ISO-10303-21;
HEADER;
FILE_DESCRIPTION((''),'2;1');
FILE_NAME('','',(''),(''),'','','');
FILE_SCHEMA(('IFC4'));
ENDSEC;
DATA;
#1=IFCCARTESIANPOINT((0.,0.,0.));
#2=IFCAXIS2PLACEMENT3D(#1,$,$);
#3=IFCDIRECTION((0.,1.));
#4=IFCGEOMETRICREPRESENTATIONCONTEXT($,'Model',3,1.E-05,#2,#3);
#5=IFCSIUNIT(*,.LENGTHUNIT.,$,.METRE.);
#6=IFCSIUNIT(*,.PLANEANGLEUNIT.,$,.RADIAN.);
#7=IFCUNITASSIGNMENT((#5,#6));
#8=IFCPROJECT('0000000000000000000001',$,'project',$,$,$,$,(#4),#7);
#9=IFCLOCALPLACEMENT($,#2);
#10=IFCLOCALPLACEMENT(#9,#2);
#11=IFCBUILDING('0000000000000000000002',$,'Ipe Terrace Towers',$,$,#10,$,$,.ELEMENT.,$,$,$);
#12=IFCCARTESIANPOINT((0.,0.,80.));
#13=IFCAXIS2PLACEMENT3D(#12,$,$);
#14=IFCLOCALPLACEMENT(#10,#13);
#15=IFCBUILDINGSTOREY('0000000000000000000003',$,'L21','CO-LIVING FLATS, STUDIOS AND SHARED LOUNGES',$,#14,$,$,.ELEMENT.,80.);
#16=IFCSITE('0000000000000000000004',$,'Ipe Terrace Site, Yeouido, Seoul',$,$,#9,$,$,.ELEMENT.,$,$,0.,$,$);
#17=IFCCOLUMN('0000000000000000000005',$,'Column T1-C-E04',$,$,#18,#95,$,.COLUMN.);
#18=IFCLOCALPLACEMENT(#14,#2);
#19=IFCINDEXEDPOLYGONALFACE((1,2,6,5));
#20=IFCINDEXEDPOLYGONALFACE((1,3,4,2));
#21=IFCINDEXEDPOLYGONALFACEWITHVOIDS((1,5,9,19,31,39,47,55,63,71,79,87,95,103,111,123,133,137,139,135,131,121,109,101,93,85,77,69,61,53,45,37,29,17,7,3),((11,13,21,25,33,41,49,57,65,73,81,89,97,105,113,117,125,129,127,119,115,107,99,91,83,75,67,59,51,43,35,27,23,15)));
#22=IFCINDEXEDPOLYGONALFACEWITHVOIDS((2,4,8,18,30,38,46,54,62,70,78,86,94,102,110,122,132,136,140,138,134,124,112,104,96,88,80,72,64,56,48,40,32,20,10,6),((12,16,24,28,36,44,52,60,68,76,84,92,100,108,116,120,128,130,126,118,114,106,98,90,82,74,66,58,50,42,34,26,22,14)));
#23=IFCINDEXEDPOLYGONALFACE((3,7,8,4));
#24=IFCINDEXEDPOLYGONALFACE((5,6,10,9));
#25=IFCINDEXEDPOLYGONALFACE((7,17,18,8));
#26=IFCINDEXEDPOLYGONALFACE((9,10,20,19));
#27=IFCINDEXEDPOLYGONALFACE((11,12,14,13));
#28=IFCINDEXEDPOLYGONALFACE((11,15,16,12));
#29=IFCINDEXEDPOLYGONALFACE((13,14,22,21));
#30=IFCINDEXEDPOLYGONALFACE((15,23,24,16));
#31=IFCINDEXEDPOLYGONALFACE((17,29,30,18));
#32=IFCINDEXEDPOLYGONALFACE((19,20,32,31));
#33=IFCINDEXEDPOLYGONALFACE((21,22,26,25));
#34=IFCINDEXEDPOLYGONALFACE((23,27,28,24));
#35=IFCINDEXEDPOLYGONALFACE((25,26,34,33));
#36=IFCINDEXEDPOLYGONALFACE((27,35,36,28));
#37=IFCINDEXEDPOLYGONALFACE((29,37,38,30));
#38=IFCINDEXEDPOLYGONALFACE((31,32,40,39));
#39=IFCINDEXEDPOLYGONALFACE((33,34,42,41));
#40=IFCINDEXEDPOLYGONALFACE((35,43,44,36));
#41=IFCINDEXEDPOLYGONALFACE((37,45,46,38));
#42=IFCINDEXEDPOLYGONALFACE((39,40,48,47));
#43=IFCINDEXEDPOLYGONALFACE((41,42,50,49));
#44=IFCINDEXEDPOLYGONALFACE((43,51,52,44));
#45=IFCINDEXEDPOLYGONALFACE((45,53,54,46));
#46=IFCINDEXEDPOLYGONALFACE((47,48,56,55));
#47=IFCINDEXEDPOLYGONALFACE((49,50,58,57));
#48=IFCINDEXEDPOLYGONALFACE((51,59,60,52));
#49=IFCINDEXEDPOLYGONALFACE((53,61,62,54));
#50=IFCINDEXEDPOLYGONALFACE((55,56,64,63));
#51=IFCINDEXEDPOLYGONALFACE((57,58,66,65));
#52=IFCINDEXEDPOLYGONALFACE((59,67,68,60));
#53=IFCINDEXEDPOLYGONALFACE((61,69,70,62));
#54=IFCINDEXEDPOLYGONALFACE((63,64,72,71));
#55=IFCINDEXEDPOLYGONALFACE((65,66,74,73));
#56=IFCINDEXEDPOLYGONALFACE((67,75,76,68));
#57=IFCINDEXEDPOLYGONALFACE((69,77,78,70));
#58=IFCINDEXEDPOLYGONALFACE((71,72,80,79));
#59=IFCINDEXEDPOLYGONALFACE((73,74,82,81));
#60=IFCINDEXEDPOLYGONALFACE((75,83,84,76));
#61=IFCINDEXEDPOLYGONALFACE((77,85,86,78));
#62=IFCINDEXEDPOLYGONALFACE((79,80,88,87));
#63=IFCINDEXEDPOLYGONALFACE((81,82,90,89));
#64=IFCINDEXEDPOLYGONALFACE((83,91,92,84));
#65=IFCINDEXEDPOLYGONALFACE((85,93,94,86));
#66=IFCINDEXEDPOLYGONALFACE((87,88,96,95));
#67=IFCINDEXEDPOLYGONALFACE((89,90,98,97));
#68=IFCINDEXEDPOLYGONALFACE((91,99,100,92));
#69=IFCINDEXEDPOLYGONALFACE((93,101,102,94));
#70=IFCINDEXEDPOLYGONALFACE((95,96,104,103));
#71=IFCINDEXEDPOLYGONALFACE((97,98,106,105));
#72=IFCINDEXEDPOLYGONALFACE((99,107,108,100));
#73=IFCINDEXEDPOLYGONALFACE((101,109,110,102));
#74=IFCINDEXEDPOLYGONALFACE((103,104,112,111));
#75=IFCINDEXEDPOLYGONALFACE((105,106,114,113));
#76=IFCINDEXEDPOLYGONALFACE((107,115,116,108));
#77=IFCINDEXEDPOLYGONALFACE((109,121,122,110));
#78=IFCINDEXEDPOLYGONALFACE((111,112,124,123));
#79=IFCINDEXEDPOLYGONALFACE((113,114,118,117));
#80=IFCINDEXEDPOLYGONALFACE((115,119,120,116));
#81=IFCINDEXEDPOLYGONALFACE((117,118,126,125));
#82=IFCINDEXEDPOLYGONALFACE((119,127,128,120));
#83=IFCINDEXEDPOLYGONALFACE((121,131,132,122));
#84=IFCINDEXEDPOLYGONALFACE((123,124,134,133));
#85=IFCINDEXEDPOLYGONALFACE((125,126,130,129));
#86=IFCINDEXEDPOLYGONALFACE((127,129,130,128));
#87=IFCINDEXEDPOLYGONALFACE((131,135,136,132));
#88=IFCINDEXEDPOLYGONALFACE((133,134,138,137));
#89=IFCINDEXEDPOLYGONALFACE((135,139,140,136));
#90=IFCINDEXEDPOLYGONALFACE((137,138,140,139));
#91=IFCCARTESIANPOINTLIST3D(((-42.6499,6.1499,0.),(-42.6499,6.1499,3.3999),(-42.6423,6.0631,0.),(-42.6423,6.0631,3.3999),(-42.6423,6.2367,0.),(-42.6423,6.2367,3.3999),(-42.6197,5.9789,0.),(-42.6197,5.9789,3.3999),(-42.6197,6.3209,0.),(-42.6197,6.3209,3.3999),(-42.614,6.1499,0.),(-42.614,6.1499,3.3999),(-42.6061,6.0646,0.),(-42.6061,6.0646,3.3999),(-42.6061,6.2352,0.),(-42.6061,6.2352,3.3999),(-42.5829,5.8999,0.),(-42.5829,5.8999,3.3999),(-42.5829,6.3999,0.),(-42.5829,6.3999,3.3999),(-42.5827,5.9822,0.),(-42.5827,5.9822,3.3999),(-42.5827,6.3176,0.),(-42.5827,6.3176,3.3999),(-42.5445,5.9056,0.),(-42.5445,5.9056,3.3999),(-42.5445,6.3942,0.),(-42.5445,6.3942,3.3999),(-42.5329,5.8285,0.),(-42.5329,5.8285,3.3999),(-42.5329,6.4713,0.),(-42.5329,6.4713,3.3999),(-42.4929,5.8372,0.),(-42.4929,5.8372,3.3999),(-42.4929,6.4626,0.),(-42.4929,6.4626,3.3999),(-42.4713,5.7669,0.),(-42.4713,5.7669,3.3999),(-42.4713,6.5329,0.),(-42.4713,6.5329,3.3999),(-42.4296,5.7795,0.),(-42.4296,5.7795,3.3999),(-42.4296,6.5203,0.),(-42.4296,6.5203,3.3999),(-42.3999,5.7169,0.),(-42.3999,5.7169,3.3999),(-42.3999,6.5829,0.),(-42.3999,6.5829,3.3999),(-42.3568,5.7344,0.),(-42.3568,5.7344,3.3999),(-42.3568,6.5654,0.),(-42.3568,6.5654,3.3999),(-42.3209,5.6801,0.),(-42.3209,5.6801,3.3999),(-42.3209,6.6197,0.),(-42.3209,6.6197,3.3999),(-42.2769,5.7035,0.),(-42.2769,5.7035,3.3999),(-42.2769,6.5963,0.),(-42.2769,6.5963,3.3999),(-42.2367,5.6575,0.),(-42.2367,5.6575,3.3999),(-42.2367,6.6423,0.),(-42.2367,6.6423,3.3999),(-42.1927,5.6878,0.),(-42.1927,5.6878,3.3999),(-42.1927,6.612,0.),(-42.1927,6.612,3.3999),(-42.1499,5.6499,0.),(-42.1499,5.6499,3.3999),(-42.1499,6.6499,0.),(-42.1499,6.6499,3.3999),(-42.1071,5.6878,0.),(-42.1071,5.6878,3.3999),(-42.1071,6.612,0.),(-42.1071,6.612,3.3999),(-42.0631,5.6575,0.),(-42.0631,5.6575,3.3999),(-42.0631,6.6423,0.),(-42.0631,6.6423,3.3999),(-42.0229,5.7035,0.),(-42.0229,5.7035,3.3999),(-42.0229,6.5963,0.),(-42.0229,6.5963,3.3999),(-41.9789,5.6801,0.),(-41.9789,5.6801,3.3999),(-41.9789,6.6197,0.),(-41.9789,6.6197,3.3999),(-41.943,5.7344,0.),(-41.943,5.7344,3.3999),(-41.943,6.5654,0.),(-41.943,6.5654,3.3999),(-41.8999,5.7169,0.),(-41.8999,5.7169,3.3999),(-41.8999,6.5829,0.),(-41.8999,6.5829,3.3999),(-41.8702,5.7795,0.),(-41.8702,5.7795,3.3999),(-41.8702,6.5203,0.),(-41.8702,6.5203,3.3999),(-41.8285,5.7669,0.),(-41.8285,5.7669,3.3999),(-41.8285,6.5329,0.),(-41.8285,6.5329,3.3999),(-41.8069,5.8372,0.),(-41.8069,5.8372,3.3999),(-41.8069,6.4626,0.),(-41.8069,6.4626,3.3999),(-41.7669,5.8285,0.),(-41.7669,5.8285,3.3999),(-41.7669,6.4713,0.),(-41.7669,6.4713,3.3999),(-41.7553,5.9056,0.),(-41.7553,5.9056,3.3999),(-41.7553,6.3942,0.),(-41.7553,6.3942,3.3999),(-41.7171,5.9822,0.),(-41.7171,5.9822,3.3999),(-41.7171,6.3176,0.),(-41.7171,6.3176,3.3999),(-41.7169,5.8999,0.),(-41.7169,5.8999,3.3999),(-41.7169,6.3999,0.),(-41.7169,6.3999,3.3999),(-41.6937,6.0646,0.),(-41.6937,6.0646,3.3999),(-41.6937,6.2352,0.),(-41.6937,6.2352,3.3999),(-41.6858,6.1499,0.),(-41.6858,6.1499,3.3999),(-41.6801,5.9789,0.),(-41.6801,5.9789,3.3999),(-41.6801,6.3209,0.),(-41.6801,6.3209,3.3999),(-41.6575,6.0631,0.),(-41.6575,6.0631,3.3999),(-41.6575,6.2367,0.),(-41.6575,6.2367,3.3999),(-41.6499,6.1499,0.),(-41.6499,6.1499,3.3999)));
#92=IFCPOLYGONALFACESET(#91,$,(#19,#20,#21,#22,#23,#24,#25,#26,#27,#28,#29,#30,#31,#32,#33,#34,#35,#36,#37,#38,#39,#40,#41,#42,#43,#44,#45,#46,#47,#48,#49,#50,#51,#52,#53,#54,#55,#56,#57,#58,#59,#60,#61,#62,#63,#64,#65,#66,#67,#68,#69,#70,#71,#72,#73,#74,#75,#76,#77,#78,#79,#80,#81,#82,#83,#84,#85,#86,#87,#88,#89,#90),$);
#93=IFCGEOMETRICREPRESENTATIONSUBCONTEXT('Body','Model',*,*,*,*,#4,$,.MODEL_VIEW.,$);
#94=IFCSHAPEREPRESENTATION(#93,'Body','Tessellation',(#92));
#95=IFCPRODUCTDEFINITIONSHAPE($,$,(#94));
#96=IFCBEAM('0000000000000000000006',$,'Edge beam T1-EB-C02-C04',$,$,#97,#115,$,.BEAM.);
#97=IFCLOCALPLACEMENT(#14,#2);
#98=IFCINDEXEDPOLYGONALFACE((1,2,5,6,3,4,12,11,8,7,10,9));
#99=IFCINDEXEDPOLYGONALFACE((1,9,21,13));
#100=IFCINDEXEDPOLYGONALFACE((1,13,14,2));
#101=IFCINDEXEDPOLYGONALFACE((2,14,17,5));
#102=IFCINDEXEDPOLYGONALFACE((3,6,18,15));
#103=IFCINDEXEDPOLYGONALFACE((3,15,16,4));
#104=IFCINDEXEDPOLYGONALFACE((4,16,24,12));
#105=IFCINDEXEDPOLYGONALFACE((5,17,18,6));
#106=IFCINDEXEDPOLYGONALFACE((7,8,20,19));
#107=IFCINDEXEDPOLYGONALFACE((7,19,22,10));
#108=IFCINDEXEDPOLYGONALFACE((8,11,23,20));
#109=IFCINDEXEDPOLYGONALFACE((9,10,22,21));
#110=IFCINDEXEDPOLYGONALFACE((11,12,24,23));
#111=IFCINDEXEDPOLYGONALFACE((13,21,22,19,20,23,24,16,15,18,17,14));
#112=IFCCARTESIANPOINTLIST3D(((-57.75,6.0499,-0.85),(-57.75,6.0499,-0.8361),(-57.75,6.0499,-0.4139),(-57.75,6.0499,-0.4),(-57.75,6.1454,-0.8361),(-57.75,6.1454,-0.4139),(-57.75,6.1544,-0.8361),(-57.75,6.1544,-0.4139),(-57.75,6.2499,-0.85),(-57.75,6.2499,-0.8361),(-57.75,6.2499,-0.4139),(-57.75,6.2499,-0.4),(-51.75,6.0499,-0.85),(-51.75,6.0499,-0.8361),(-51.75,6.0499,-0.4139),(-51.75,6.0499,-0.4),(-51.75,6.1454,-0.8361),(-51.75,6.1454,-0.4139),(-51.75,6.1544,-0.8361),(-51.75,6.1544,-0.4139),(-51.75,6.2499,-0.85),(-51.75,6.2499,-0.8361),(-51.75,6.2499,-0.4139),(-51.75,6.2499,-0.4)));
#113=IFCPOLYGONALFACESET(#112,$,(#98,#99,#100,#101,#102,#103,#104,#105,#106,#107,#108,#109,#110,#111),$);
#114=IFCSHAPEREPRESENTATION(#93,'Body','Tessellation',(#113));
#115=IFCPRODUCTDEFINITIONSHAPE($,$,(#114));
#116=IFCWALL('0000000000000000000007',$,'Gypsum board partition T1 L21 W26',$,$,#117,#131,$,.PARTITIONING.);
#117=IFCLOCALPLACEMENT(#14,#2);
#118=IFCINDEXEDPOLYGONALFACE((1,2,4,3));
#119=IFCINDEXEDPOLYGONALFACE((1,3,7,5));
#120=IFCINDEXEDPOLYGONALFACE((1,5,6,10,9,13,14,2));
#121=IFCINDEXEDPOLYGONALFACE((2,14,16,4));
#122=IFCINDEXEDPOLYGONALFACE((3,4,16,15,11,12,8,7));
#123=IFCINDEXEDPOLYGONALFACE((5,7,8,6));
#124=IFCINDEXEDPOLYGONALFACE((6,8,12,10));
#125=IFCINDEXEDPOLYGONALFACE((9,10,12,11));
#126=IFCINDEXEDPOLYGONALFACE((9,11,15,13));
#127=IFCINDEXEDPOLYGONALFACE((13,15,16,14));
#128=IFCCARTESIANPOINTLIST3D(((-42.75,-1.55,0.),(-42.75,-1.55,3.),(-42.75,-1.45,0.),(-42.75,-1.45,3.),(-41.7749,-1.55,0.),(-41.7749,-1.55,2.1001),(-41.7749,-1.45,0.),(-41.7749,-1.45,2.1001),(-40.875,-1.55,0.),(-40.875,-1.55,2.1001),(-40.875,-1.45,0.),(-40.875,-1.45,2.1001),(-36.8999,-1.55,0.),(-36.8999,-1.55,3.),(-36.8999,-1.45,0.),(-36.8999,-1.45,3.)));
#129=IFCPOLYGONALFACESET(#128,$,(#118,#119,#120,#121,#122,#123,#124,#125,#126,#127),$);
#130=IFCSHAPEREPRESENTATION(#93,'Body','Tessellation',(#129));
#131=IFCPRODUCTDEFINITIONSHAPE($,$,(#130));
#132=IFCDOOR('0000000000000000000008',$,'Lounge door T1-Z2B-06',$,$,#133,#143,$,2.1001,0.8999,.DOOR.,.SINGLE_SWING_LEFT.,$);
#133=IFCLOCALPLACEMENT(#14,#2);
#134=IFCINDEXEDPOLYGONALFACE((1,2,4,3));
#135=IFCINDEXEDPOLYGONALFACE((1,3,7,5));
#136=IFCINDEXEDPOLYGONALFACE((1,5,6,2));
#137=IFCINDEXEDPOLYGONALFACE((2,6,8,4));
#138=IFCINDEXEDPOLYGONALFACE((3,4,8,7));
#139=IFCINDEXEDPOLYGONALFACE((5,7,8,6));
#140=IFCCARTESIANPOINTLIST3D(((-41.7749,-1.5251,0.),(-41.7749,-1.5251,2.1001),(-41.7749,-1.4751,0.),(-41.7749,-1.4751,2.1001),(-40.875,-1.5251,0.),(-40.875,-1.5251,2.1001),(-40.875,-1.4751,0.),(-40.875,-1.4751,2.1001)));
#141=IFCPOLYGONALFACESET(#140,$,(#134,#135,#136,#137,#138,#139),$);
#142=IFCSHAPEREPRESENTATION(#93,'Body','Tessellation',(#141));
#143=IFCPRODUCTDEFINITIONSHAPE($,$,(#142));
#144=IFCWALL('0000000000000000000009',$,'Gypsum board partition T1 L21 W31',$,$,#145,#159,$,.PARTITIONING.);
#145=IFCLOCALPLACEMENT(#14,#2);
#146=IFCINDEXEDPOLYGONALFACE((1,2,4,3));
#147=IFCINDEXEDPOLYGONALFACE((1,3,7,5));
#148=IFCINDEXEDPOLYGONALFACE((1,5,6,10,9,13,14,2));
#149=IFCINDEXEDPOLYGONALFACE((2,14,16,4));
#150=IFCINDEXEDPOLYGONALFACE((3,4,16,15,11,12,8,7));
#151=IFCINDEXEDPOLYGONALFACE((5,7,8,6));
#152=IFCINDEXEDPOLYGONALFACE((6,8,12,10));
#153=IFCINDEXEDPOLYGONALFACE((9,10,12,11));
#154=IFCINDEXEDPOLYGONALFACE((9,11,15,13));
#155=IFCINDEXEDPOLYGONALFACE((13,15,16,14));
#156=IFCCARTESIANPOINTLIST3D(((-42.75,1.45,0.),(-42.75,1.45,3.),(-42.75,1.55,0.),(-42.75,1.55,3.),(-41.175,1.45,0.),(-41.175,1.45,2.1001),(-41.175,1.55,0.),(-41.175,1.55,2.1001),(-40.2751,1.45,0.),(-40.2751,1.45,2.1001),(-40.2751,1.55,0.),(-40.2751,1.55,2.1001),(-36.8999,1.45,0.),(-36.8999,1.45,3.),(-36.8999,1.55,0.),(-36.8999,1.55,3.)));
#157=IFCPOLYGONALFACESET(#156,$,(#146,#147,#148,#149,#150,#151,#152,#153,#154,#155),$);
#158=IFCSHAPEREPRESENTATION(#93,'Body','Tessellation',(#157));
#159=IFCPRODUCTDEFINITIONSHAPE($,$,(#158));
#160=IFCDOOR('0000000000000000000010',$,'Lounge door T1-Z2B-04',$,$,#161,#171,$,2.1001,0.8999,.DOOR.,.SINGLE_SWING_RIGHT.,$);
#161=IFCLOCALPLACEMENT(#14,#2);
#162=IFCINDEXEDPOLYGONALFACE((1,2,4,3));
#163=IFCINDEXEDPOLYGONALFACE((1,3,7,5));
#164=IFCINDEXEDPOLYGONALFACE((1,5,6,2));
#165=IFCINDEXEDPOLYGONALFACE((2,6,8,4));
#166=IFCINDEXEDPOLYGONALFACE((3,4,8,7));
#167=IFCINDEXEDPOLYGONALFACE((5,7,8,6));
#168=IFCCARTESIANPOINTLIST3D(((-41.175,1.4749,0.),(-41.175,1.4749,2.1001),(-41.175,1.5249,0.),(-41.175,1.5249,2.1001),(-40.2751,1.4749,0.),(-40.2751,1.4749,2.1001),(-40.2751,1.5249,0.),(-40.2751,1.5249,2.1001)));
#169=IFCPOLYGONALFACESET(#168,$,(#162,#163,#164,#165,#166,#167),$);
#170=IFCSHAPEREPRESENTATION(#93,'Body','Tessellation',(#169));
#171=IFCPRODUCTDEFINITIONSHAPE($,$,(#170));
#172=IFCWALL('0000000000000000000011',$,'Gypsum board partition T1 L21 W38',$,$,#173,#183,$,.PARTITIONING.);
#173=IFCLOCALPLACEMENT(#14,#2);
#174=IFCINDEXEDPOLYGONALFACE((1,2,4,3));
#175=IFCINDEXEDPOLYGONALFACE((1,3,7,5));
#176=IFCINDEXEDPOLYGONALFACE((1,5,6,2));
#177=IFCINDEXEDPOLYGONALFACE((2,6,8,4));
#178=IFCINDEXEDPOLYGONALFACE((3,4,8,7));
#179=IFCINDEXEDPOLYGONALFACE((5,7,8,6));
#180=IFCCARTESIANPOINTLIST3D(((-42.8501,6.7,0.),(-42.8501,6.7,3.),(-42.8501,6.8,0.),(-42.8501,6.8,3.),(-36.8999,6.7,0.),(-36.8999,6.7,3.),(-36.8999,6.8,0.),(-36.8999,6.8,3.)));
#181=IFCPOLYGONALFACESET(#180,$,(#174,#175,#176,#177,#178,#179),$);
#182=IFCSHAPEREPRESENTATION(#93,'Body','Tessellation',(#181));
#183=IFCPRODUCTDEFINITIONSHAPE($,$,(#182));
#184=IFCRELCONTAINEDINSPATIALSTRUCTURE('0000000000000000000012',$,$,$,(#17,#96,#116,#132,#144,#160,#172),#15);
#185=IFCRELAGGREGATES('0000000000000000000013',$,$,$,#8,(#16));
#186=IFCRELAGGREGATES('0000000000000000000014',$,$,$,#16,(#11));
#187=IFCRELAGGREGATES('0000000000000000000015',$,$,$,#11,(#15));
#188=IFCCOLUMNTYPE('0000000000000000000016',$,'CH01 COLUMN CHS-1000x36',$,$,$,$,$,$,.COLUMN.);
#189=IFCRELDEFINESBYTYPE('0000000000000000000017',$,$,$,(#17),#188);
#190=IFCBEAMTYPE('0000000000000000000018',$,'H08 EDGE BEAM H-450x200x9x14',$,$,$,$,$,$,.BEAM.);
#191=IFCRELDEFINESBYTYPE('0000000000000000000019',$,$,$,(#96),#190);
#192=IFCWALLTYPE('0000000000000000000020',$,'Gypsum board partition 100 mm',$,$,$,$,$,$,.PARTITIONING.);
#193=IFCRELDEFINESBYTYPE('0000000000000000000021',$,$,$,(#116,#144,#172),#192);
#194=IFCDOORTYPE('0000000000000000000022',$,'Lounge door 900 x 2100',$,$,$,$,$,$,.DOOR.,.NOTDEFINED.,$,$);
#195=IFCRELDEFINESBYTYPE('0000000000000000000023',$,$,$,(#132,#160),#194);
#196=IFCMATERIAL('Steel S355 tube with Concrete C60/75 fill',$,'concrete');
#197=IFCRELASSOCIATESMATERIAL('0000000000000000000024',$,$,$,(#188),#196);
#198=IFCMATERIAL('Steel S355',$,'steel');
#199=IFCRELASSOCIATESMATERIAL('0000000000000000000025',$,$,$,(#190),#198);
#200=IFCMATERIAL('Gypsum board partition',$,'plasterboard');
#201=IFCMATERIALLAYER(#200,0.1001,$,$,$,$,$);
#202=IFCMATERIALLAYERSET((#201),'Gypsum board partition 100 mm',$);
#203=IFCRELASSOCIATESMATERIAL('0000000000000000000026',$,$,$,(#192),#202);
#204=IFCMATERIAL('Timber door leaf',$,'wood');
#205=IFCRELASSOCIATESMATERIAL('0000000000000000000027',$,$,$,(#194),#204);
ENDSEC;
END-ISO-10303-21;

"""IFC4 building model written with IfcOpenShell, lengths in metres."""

from ifc_helpers import new_model, si_unit, direction, frame, frame_2d, origin, origin_2d, place, context, subcontext, project, spatial, rectangle, hollow_circle, i_section, extrude, material, layer, layer_set, material_profile, profile_set, type_object, element, fill, save


model = new_model("IFC4")

# Units and contexts
model_context = context("Model", 3, precision=1e-05, world=origin(), true_north=direction((0.0, 1.0)))
body_context = subcontext(model_context, "Body", "Model", "MODEL_VIEW")
ifc_project = project(units=[si_unit("LENGTHUNIT", "METRE"), si_unit("PLANEANGLEUNIT", "RADIAN")], contexts=[model_context])

# Site, building, storey
site_placement = place(None, origin())
site = spatial("IfcSite", under=ifc_project, at=site_placement, Name="Ipe Terrace Site, Yeouido, Seoul", CompositionType="ELEMENT", RefElevation=0.0)
building_placement = place(site_placement, origin())
building = spatial("IfcBuilding", under=site, at=building_placement, Name="Ipe Terrace Towers", CompositionType="ELEMENT")
storey_placement = place(building_placement, frame((0.0, 0.0, 80.0)))
storey = spatial("IfcBuildingStorey", under=building, at=storey_placement, Name="L21", Description="CO-LIVING FLATS, STUDIOS AND SHARED LOUNGES", CompositionType="ELEMENT", Elevation=80.0)

# Column
ifc_material_1 = material(Name="Steel S355 tube with Concrete C60/75 fill", Category="concrete")
ifc_material_profile_1 = material_profile(ifc_material_1, hollow_circle(Radius=0.5, WallThickness=0.0359, at=origin_2d()), Name="CHS-1000x36")
ifc_profile_set_1 = profile_set([ifc_material_profile_1], Name="Steel S355 tube with Concrete C60/75 fill")
column_type = type_object("IfcColumnType", Name="CH01 COLUMN CHS-1000x36", PredefinedType="COLUMN", material=ifc_profile_set_1)
column_placement = place(storey_placement, frame((-42.1499, 6.1499, 0.0), z_axis=(0.0, 0.0, 1.0), x_axis=(1.0, 0.0, 0.0)))
element("IfcColumn", 1, at=column_placement, inside=storey, type_object=column_type, Name="Column T1-C-E04", PredefinedType="COLUMN", context=body_context, shape_type="SweptSolid", body=[
    extrude(hollow_circle(Radius=0.5, WallThickness=0.0359, at=origin_2d()), origin(), (0.0, 0.0, 1.0), 3.3999),
])

# Beam
ifc_material_2 = material(Name="Steel S355", Category="steel")
ifc_material_profile_2 = material_profile(ifc_material_2, i_section(OverallWidth=0.2, OverallDepth=0.45, WebThickness=0.009, FlangeThickness=0.0139, at=origin_2d()), Name="H-450x200x9x14")
ifc_profile_set_2 = profile_set([ifc_material_profile_2], Name="Steel S355")
beam_type = type_object("IfcBeamType", Name="H08 EDGE BEAM H-450x200x9x14", PredefinedType="BEAM", material=ifc_profile_set_2)
beam_placement = place(storey_placement, frame((-51.75, 6.1499, -0.625), z_axis=(-1.0, 0.0, 0.0), x_axis=(0.0, -1.0, 0.0)))
element("IfcBeam", 2, at=beam_placement, inside=storey, type_object=beam_type, Name="Edge beam T1-EB-C02-C04", PredefinedType="BEAM", context=body_context, shape_type="SweptSolid", body=[
    extrude(i_section(OverallWidth=0.2, OverallDepth=0.45, WebThickness=0.009, FlangeThickness=0.0139, at=origin_2d()), origin(), (0.0, 0.0, 1.0), 6.0),
])

# Walls, openings, doors
ifc_material_3 = material(Name="Gypsum board partition", Category="plasterboard")
ifc_layer_1 = layer(ifc_material_3, 0.1001)
ifc_layer_set_1 = layer_set([ifc_layer_1], Name="Gypsum board partition 100 mm")
wall_type_1 = type_object("IfcWallType", Name="Gypsum board partition 100 mm", PredefinedType="PARTITIONING", material=ifc_layer_set_1)
wall_1_placement = place(storey_placement, frame((-42.75, -1.5, 0.0), z_axis=(0.0, 0.0, 1.0), x_axis=(1.0, 0.0, 0.0)))
wall_1 = element("IfcWall", 3, at=wall_1_placement, inside=storey, type_object=wall_type_1, Name="Gypsum board partition T1 L21 W26", PredefinedType="PARTITIONING", context=body_context, shape_type="SweptSolid", body=[
    extrude(rectangle(XDim=5.8501, YDim=0.1001, at=frame_2d((2.925, 0.0))), origin(), (0.0, 0.0, 1.0), 3.0),
])
opening_1_placement = place(wall_1_placement, frame((0.9751, 0.0, 0.0)))
opening_1 = element("IfcOpeningElement", 4, at=opening_1_placement, cuts=wall_1, PredefinedType="OPENING", context=body_context, shape_type="SweptSolid", body=[
    extrude(rectangle(XDim=0.8999, YDim=2.1001, at=frame_2d((0.45, 1.05))), frame((0.0, 0.0601, 0.0), z_axis=(0.0, -1.0, 0.0), x_axis=(1.0, 0.0, 0.0)), (0.0, 0.0, 1.0), 0.1201),
])
ifc_material_4 = material(Name="Timber door leaf", Category="wood")
door_type_1 = type_object("IfcDoorType", Name="Lounge door 900 x 2100", OperationType="NOTDEFINED", PredefinedType="DOOR", material=ifc_material_4)
door_1_placement = place(opening_1_placement, origin())
door_1 = element("IfcDoor", 5, at=door_1_placement, inside=storey, type_object=door_type_1, Name="Lounge door T1-Z2B-06", OperationType="SINGLE_SWING_LEFT", OverallHeight=2.1001, OverallWidth=0.8999, PredefinedType="DOOR", context=body_context, shape_type="SweptSolid", body=[
    extrude(rectangle(XDim=0.8999, YDim=2.1001, at=frame_2d((0.45, 1.05))), frame((0.0, 0.0249, 0.0), z_axis=(0.0, -1.0, 0.0), x_axis=(1.0, 0.0, 0.0)), (0.0, 0.0, 1.0), 0.05),
])
fill(opening_1, door_1)
wall_2_placement = place(storey_placement, frame((-42.75, 1.5, 0.0), z_axis=(0.0, 0.0, 1.0), x_axis=(1.0, 0.0, 0.0)))
wall_2 = element("IfcWall", 6, at=wall_2_placement, inside=storey, type_object=wall_type_1, Name="Gypsum board partition T1 L21 W31", PredefinedType="PARTITIONING", context=body_context, shape_type="SweptSolid", body=[
    extrude(rectangle(XDim=5.8501, YDim=0.1001, at=frame_2d((2.925, 0.0))), origin(), (0.0, 0.0, 1.0), 3.0),
])
opening_2_placement = place(wall_2_placement, frame((1.575, 0.0, 0.0)))
opening_2 = element("IfcOpeningElement", 7, at=opening_2_placement, cuts=wall_2, PredefinedType="OPENING", context=body_context, shape_type="SweptSolid", body=[
    extrude(rectangle(XDim=0.8999, YDim=2.1001, at=frame_2d((0.45, 1.05))), frame((0.0, 0.0601, 0.0), z_axis=(0.0, -1.0, 0.0), x_axis=(1.0, 0.0, 0.0)), (0.0, 0.0, 1.0), 0.1201),
])
door_2_placement = place(opening_2_placement, origin())
door_2 = element("IfcDoor", 8, at=door_2_placement, inside=storey, type_object=door_type_1, Name="Lounge door T1-Z2B-04", OperationType="SINGLE_SWING_RIGHT", OverallHeight=2.1001, OverallWidth=0.8999, PredefinedType="DOOR", context=body_context, shape_type="SweptSolid", body=[
    extrude(rectangle(XDim=0.8999, YDim=2.1001, at=frame_2d((0.45, 1.05))), frame((0.0, 0.0249, 0.0), z_axis=(0.0, -1.0, 0.0), x_axis=(1.0, 0.0, 0.0)), (0.0, 0.0, 1.0), 0.05),
])
fill(opening_2, door_2)

# Wall
wall_3_placement = place(storey_placement, frame((-42.8501, 6.75, 0.0), z_axis=(0.0, 0.0, 1.0), x_axis=(1.0, 0.0, 0.0)))
element("IfcWall", 9, at=wall_3_placement, inside=storey, type_object=wall_type_1, Name="Gypsum board partition T1 L21 W38", PredefinedType="PARTITIONING", context=body_context, shape_type="SweptSolid", body=[
    extrude(rectangle(XDim=5.9502, YDim=0.1001, at=frame_2d((2.9751, 0.0))), origin(), (0.0, 0.0, 1.0), 3.0),
])

save(model, "model.ifc")
